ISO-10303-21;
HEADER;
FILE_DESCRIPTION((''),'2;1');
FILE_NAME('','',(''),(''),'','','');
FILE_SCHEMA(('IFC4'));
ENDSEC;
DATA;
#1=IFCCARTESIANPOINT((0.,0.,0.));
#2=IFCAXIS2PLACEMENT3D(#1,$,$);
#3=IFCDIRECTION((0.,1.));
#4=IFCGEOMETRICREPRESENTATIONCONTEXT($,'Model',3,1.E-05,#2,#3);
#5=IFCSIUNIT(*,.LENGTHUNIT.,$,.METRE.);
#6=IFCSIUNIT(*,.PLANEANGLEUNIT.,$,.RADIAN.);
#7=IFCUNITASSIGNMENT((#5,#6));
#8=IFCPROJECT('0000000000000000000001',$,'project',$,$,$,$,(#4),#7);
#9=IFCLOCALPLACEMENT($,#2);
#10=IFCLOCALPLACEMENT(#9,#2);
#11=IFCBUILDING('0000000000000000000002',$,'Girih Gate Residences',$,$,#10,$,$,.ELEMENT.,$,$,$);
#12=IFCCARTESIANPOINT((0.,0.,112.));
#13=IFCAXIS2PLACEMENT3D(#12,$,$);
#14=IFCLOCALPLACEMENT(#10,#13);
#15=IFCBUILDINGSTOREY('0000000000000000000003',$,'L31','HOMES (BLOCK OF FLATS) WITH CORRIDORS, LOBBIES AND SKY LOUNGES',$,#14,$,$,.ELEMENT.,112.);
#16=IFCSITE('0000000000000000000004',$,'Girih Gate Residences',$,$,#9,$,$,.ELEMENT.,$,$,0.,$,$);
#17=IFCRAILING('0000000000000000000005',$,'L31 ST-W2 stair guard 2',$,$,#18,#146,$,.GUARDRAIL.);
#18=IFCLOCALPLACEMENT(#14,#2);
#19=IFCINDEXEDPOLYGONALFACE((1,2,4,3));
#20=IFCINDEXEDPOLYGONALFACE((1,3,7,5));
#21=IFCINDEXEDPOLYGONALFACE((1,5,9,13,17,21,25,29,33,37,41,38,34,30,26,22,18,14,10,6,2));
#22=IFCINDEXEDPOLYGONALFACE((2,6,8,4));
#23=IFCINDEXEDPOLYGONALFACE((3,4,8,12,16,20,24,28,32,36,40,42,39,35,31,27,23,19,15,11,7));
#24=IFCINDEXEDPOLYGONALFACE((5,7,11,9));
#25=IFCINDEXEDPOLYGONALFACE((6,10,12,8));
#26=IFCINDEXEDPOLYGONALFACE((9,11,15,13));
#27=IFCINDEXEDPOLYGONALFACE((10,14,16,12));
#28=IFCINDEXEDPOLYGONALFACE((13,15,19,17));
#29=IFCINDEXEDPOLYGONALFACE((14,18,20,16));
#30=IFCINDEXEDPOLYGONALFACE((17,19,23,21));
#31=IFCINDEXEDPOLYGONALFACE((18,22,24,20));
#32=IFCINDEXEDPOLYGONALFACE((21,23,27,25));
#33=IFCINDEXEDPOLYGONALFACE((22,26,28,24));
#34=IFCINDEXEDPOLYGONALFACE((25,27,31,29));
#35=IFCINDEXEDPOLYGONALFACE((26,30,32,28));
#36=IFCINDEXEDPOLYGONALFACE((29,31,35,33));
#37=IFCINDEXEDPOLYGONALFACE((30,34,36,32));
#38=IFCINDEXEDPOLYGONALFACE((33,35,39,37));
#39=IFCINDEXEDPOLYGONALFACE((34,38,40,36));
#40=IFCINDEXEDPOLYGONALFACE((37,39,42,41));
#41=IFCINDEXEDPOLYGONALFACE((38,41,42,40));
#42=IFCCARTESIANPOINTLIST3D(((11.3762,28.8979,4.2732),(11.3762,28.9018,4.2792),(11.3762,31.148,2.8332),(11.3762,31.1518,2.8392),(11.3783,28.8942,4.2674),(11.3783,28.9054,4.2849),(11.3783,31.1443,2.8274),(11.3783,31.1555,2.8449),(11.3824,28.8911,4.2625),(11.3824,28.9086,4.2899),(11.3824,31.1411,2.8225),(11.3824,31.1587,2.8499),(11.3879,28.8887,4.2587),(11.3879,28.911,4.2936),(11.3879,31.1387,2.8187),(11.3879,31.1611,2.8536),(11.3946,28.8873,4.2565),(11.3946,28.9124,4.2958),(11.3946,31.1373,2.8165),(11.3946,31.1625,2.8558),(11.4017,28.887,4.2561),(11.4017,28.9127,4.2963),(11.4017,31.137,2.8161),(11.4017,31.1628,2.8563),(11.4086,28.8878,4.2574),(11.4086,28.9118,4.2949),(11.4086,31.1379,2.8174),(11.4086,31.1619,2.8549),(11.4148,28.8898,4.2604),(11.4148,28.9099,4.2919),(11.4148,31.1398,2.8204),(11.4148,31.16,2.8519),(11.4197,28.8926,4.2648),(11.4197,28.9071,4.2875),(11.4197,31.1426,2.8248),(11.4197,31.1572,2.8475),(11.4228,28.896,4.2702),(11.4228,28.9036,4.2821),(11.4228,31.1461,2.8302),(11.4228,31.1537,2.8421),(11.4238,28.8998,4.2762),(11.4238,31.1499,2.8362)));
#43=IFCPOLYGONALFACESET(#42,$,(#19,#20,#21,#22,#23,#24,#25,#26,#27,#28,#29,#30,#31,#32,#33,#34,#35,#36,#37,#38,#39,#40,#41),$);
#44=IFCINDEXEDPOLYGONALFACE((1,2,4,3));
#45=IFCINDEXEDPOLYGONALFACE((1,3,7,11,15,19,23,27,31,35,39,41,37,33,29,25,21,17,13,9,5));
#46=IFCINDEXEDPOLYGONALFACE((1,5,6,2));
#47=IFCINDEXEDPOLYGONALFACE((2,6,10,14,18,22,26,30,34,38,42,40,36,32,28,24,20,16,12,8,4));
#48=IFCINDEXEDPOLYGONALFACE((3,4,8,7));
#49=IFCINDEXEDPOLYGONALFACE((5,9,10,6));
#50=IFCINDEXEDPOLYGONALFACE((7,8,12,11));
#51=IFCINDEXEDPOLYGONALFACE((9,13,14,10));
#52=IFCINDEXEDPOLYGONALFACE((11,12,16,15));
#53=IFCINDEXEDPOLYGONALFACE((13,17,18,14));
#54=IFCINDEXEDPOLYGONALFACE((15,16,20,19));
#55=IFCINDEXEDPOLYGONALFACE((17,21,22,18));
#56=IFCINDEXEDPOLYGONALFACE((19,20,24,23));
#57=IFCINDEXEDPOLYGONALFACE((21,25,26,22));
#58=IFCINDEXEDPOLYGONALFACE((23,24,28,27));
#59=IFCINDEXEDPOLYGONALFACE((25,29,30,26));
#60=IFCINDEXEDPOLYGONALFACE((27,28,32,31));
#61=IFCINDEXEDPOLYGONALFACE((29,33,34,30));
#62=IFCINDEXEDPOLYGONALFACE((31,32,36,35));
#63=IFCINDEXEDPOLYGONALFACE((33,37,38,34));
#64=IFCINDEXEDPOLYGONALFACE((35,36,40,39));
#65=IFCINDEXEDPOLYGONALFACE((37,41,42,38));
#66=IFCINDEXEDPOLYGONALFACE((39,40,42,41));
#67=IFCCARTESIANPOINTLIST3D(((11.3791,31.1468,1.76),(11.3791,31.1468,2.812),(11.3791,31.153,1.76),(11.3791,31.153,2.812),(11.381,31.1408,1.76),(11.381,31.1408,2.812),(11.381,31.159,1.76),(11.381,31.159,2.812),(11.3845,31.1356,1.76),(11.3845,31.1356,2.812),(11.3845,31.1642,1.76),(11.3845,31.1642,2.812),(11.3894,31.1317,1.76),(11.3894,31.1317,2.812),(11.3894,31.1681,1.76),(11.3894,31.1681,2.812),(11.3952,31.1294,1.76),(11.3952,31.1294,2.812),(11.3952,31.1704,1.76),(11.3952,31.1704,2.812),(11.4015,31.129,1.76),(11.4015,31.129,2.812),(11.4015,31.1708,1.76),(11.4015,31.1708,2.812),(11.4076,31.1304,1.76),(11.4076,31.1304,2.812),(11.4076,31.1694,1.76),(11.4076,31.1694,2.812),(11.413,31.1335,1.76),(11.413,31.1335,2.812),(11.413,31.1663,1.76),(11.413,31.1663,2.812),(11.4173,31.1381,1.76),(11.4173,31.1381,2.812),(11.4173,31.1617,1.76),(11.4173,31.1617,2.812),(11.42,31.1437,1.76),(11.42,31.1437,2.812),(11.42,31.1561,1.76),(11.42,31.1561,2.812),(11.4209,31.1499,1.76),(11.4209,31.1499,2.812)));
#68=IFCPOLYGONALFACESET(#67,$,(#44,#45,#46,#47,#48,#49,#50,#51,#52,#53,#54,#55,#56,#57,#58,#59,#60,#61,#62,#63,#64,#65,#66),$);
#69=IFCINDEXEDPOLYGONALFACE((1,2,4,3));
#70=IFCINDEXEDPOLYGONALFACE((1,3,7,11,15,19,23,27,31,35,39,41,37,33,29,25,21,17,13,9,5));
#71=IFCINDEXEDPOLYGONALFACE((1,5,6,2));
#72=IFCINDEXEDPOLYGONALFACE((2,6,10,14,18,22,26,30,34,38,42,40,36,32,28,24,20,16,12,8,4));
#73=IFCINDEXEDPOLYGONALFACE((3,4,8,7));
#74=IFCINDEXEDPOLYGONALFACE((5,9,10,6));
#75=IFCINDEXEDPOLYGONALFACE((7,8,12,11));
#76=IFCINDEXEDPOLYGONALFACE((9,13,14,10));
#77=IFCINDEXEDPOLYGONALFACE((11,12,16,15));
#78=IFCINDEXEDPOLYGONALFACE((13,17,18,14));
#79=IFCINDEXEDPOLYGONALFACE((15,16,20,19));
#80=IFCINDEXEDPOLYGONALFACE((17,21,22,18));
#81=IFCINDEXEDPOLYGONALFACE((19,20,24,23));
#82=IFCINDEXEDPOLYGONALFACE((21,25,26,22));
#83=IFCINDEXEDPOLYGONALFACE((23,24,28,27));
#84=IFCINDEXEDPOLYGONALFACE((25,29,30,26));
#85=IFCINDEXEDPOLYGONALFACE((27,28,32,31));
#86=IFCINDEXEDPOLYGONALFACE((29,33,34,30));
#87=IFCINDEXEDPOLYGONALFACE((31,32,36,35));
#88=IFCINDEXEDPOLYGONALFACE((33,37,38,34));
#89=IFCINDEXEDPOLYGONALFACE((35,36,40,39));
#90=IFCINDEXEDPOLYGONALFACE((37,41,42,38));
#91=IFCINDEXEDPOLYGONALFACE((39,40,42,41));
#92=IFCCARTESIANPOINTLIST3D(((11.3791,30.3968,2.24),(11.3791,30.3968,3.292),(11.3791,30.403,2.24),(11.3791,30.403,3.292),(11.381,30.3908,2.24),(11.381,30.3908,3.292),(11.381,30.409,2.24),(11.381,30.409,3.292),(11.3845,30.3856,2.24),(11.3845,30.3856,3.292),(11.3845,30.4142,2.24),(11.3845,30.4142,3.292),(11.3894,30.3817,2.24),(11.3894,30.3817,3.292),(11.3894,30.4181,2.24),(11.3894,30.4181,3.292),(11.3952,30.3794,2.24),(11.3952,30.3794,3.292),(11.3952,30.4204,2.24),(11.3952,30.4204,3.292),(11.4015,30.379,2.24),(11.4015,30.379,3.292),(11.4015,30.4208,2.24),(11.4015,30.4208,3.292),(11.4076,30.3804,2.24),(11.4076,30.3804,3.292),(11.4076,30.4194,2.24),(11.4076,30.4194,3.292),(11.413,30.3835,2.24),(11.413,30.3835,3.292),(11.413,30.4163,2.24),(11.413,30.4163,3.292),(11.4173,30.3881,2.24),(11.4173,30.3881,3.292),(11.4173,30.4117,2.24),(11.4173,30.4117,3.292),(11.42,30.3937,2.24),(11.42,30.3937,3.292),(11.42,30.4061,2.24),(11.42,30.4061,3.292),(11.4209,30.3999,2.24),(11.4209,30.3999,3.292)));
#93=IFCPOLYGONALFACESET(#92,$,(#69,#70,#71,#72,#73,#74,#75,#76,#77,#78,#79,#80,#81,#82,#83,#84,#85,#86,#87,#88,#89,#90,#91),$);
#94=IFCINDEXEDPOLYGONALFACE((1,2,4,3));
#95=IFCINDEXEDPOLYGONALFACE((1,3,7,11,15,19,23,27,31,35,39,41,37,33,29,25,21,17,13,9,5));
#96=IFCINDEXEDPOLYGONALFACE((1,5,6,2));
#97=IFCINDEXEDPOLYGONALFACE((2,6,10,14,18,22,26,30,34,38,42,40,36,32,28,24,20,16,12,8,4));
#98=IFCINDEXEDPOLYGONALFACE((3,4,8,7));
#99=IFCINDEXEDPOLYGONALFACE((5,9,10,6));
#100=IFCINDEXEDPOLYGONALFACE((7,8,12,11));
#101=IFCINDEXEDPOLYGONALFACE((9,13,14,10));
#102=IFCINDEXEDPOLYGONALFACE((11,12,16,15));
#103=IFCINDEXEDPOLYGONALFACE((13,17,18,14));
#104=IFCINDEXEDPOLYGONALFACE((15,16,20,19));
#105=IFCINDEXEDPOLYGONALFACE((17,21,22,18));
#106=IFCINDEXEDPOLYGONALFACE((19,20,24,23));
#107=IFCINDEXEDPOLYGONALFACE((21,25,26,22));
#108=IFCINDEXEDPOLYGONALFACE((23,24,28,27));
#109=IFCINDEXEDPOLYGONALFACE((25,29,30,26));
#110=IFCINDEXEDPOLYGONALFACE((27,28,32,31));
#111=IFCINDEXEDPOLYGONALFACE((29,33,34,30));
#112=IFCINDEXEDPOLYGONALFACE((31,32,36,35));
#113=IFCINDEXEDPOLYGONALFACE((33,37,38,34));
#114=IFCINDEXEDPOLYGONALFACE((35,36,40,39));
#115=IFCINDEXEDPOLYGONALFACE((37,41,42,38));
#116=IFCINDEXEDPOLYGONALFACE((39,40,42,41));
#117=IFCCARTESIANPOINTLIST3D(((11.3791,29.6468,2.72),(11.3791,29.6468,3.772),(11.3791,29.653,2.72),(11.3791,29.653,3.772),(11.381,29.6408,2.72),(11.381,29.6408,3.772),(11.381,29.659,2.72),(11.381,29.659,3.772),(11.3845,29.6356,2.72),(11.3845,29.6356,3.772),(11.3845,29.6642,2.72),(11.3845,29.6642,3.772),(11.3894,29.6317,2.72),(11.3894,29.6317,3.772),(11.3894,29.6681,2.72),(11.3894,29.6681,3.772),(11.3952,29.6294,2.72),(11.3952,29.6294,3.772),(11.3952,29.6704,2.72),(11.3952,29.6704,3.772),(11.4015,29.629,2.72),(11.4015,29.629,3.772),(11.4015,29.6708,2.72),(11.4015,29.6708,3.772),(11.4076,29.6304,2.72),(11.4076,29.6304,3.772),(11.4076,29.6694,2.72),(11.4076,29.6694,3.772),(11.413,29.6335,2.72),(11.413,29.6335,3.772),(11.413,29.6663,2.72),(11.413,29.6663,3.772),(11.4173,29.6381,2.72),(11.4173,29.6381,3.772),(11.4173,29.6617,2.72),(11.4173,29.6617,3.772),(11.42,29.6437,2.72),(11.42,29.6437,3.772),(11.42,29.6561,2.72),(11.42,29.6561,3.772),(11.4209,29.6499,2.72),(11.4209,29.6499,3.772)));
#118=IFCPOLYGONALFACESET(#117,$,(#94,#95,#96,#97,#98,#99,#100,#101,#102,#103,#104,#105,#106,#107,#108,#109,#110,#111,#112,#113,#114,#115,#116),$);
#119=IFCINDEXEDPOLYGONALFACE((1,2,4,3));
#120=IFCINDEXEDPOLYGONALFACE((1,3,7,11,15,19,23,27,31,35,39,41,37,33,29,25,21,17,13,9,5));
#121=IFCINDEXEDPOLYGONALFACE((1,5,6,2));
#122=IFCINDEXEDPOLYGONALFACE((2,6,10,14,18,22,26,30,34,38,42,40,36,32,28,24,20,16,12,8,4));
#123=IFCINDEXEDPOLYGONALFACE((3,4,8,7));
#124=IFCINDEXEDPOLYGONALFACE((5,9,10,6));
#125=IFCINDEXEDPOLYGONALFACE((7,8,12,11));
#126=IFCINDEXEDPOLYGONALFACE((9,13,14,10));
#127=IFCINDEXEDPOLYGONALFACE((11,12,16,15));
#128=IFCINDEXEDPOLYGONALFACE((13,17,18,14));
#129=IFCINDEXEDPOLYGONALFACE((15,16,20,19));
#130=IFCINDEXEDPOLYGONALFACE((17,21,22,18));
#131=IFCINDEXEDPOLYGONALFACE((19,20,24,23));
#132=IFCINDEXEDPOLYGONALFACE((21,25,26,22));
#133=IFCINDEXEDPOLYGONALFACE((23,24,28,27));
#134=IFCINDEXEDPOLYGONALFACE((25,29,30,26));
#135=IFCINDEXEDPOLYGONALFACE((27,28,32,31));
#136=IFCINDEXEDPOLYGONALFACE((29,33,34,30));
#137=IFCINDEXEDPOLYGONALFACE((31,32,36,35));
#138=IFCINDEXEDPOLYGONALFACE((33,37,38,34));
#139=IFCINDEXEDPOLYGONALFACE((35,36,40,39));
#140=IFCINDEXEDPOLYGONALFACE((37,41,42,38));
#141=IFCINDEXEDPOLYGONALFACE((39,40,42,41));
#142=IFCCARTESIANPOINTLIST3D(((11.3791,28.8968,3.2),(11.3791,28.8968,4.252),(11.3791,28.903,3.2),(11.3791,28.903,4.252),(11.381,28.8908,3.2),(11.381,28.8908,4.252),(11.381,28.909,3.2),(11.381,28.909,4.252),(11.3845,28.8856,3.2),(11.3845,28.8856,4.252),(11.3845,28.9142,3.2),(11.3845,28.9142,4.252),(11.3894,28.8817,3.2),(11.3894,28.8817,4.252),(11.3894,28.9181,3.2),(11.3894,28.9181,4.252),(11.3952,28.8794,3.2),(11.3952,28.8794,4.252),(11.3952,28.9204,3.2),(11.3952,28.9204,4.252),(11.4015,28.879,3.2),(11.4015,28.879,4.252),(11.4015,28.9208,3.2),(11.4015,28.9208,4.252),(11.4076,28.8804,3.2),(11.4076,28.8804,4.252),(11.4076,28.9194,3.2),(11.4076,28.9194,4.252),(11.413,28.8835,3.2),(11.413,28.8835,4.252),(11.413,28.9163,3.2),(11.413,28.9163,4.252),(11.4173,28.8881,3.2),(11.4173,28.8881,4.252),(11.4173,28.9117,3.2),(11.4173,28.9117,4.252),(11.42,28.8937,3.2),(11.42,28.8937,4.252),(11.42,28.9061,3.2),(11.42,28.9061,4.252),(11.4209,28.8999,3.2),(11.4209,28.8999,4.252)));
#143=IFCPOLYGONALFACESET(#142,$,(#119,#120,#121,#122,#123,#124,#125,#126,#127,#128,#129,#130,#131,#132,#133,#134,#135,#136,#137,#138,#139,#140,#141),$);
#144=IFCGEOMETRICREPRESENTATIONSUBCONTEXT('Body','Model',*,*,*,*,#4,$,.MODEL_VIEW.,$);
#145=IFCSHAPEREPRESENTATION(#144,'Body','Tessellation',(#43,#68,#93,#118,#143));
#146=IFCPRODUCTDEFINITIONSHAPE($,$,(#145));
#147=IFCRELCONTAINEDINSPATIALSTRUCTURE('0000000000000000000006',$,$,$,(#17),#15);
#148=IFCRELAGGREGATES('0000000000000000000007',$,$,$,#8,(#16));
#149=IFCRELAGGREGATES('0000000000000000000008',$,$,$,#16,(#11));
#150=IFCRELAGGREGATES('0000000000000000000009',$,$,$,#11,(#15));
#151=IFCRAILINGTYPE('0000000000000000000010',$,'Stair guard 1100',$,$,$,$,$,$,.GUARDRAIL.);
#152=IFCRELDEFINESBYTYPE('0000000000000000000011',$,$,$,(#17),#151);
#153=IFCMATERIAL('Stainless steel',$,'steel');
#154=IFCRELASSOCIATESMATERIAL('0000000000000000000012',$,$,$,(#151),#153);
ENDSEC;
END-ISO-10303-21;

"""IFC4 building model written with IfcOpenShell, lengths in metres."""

from ifc_helpers import new_model, si_unit, direction, frame, origin, origin_2d, place, context, subcontext, project, spatial, circle, extrude, material, type_object, element, save


model = new_model("IFC4")

# Units and contexts
model_context = context("Model", 3, precision=1e-05, world=origin(), true_north=direction((0.0, 1.0)))
body_context = subcontext(model_context, "Body", "Model", "MODEL_VIEW")
ifc_project = project(units=[si_unit("LENGTHUNIT", "METRE"), si_unit("PLANEANGLEUNIT", "RADIAN")], contexts=[model_context])

# Site, building, storey
site_placement = place(None, origin())
site = spatial("IfcSite", under=ifc_project, at=site_placement, Name="Girih Gate Residences", CompositionType="ELEMENT", RefElevation=0.0)
building_placement = place(site_placement, origin())
building = spatial("IfcBuilding", under=site, at=building_placement, Name="Girih Gate Residences", CompositionType="ELEMENT")
storey_placement = place(building_placement, frame((0.0, 0.0, 112.0)))
storey = spatial("IfcBuildingStorey", under=building, at=storey_placement, Name="L31", Description="HOMES (BLOCK OF FLATS) WITH CORRIDORS, LOBBIES AND SKY LOUNGES", CompositionType="ELEMENT", Elevation=112.0)

# Railing
ifc_material_1 = material(Name="Stainless steel", Category="steel")
railing_type_1 = type_object("IfcRailingType", Name="Stair guard 1100", PredefinedType="GUARDRAIL", material=ifc_material_1)
railing_1_placement = place(storey_placement, frame((11.3999, 31.1499, 1.76)))
element("IfcRailing", 1, at=railing_1_placement, inside=storey, type_object=railing_type_1, Name="L31 ST-W2 stair guard 2", PredefinedType="GUARDRAIL", context=body_context, shape_type="SweptSolid", body=[
    extrude(circle(Radius=0.0239, at=origin_2d()), frame((0.0, 0.0, 1.0762), z_axis=(0.0, -0.842281, 0.539038), x_axis=(1.0, 0.0, 0.0)), (0.0, 0.0, 1.0), 2.6714),
    extrude(circle(Radius=0.021, at=origin_2d()), origin(), (0.0, 0.0, 1.0), 1.052),
    extrude(circle(Radius=0.021, at=origin_2d()), frame((0.0, -0.75, 0.48)), (0.0, 0.0, 1.0), 1.052),
    extrude(circle(Radius=0.021, at=origin_2d()), frame((0.0, -1.5, 0.96)), (0.0, 0.0, 1.0), 1.052),
    extrude(circle(Radius=0.021, at=origin_2d()), frame((0.0, -2.25, 1.4399)), (0.0, 0.0, 1.0), 1.052),
])

save(model, "model.ifc")
